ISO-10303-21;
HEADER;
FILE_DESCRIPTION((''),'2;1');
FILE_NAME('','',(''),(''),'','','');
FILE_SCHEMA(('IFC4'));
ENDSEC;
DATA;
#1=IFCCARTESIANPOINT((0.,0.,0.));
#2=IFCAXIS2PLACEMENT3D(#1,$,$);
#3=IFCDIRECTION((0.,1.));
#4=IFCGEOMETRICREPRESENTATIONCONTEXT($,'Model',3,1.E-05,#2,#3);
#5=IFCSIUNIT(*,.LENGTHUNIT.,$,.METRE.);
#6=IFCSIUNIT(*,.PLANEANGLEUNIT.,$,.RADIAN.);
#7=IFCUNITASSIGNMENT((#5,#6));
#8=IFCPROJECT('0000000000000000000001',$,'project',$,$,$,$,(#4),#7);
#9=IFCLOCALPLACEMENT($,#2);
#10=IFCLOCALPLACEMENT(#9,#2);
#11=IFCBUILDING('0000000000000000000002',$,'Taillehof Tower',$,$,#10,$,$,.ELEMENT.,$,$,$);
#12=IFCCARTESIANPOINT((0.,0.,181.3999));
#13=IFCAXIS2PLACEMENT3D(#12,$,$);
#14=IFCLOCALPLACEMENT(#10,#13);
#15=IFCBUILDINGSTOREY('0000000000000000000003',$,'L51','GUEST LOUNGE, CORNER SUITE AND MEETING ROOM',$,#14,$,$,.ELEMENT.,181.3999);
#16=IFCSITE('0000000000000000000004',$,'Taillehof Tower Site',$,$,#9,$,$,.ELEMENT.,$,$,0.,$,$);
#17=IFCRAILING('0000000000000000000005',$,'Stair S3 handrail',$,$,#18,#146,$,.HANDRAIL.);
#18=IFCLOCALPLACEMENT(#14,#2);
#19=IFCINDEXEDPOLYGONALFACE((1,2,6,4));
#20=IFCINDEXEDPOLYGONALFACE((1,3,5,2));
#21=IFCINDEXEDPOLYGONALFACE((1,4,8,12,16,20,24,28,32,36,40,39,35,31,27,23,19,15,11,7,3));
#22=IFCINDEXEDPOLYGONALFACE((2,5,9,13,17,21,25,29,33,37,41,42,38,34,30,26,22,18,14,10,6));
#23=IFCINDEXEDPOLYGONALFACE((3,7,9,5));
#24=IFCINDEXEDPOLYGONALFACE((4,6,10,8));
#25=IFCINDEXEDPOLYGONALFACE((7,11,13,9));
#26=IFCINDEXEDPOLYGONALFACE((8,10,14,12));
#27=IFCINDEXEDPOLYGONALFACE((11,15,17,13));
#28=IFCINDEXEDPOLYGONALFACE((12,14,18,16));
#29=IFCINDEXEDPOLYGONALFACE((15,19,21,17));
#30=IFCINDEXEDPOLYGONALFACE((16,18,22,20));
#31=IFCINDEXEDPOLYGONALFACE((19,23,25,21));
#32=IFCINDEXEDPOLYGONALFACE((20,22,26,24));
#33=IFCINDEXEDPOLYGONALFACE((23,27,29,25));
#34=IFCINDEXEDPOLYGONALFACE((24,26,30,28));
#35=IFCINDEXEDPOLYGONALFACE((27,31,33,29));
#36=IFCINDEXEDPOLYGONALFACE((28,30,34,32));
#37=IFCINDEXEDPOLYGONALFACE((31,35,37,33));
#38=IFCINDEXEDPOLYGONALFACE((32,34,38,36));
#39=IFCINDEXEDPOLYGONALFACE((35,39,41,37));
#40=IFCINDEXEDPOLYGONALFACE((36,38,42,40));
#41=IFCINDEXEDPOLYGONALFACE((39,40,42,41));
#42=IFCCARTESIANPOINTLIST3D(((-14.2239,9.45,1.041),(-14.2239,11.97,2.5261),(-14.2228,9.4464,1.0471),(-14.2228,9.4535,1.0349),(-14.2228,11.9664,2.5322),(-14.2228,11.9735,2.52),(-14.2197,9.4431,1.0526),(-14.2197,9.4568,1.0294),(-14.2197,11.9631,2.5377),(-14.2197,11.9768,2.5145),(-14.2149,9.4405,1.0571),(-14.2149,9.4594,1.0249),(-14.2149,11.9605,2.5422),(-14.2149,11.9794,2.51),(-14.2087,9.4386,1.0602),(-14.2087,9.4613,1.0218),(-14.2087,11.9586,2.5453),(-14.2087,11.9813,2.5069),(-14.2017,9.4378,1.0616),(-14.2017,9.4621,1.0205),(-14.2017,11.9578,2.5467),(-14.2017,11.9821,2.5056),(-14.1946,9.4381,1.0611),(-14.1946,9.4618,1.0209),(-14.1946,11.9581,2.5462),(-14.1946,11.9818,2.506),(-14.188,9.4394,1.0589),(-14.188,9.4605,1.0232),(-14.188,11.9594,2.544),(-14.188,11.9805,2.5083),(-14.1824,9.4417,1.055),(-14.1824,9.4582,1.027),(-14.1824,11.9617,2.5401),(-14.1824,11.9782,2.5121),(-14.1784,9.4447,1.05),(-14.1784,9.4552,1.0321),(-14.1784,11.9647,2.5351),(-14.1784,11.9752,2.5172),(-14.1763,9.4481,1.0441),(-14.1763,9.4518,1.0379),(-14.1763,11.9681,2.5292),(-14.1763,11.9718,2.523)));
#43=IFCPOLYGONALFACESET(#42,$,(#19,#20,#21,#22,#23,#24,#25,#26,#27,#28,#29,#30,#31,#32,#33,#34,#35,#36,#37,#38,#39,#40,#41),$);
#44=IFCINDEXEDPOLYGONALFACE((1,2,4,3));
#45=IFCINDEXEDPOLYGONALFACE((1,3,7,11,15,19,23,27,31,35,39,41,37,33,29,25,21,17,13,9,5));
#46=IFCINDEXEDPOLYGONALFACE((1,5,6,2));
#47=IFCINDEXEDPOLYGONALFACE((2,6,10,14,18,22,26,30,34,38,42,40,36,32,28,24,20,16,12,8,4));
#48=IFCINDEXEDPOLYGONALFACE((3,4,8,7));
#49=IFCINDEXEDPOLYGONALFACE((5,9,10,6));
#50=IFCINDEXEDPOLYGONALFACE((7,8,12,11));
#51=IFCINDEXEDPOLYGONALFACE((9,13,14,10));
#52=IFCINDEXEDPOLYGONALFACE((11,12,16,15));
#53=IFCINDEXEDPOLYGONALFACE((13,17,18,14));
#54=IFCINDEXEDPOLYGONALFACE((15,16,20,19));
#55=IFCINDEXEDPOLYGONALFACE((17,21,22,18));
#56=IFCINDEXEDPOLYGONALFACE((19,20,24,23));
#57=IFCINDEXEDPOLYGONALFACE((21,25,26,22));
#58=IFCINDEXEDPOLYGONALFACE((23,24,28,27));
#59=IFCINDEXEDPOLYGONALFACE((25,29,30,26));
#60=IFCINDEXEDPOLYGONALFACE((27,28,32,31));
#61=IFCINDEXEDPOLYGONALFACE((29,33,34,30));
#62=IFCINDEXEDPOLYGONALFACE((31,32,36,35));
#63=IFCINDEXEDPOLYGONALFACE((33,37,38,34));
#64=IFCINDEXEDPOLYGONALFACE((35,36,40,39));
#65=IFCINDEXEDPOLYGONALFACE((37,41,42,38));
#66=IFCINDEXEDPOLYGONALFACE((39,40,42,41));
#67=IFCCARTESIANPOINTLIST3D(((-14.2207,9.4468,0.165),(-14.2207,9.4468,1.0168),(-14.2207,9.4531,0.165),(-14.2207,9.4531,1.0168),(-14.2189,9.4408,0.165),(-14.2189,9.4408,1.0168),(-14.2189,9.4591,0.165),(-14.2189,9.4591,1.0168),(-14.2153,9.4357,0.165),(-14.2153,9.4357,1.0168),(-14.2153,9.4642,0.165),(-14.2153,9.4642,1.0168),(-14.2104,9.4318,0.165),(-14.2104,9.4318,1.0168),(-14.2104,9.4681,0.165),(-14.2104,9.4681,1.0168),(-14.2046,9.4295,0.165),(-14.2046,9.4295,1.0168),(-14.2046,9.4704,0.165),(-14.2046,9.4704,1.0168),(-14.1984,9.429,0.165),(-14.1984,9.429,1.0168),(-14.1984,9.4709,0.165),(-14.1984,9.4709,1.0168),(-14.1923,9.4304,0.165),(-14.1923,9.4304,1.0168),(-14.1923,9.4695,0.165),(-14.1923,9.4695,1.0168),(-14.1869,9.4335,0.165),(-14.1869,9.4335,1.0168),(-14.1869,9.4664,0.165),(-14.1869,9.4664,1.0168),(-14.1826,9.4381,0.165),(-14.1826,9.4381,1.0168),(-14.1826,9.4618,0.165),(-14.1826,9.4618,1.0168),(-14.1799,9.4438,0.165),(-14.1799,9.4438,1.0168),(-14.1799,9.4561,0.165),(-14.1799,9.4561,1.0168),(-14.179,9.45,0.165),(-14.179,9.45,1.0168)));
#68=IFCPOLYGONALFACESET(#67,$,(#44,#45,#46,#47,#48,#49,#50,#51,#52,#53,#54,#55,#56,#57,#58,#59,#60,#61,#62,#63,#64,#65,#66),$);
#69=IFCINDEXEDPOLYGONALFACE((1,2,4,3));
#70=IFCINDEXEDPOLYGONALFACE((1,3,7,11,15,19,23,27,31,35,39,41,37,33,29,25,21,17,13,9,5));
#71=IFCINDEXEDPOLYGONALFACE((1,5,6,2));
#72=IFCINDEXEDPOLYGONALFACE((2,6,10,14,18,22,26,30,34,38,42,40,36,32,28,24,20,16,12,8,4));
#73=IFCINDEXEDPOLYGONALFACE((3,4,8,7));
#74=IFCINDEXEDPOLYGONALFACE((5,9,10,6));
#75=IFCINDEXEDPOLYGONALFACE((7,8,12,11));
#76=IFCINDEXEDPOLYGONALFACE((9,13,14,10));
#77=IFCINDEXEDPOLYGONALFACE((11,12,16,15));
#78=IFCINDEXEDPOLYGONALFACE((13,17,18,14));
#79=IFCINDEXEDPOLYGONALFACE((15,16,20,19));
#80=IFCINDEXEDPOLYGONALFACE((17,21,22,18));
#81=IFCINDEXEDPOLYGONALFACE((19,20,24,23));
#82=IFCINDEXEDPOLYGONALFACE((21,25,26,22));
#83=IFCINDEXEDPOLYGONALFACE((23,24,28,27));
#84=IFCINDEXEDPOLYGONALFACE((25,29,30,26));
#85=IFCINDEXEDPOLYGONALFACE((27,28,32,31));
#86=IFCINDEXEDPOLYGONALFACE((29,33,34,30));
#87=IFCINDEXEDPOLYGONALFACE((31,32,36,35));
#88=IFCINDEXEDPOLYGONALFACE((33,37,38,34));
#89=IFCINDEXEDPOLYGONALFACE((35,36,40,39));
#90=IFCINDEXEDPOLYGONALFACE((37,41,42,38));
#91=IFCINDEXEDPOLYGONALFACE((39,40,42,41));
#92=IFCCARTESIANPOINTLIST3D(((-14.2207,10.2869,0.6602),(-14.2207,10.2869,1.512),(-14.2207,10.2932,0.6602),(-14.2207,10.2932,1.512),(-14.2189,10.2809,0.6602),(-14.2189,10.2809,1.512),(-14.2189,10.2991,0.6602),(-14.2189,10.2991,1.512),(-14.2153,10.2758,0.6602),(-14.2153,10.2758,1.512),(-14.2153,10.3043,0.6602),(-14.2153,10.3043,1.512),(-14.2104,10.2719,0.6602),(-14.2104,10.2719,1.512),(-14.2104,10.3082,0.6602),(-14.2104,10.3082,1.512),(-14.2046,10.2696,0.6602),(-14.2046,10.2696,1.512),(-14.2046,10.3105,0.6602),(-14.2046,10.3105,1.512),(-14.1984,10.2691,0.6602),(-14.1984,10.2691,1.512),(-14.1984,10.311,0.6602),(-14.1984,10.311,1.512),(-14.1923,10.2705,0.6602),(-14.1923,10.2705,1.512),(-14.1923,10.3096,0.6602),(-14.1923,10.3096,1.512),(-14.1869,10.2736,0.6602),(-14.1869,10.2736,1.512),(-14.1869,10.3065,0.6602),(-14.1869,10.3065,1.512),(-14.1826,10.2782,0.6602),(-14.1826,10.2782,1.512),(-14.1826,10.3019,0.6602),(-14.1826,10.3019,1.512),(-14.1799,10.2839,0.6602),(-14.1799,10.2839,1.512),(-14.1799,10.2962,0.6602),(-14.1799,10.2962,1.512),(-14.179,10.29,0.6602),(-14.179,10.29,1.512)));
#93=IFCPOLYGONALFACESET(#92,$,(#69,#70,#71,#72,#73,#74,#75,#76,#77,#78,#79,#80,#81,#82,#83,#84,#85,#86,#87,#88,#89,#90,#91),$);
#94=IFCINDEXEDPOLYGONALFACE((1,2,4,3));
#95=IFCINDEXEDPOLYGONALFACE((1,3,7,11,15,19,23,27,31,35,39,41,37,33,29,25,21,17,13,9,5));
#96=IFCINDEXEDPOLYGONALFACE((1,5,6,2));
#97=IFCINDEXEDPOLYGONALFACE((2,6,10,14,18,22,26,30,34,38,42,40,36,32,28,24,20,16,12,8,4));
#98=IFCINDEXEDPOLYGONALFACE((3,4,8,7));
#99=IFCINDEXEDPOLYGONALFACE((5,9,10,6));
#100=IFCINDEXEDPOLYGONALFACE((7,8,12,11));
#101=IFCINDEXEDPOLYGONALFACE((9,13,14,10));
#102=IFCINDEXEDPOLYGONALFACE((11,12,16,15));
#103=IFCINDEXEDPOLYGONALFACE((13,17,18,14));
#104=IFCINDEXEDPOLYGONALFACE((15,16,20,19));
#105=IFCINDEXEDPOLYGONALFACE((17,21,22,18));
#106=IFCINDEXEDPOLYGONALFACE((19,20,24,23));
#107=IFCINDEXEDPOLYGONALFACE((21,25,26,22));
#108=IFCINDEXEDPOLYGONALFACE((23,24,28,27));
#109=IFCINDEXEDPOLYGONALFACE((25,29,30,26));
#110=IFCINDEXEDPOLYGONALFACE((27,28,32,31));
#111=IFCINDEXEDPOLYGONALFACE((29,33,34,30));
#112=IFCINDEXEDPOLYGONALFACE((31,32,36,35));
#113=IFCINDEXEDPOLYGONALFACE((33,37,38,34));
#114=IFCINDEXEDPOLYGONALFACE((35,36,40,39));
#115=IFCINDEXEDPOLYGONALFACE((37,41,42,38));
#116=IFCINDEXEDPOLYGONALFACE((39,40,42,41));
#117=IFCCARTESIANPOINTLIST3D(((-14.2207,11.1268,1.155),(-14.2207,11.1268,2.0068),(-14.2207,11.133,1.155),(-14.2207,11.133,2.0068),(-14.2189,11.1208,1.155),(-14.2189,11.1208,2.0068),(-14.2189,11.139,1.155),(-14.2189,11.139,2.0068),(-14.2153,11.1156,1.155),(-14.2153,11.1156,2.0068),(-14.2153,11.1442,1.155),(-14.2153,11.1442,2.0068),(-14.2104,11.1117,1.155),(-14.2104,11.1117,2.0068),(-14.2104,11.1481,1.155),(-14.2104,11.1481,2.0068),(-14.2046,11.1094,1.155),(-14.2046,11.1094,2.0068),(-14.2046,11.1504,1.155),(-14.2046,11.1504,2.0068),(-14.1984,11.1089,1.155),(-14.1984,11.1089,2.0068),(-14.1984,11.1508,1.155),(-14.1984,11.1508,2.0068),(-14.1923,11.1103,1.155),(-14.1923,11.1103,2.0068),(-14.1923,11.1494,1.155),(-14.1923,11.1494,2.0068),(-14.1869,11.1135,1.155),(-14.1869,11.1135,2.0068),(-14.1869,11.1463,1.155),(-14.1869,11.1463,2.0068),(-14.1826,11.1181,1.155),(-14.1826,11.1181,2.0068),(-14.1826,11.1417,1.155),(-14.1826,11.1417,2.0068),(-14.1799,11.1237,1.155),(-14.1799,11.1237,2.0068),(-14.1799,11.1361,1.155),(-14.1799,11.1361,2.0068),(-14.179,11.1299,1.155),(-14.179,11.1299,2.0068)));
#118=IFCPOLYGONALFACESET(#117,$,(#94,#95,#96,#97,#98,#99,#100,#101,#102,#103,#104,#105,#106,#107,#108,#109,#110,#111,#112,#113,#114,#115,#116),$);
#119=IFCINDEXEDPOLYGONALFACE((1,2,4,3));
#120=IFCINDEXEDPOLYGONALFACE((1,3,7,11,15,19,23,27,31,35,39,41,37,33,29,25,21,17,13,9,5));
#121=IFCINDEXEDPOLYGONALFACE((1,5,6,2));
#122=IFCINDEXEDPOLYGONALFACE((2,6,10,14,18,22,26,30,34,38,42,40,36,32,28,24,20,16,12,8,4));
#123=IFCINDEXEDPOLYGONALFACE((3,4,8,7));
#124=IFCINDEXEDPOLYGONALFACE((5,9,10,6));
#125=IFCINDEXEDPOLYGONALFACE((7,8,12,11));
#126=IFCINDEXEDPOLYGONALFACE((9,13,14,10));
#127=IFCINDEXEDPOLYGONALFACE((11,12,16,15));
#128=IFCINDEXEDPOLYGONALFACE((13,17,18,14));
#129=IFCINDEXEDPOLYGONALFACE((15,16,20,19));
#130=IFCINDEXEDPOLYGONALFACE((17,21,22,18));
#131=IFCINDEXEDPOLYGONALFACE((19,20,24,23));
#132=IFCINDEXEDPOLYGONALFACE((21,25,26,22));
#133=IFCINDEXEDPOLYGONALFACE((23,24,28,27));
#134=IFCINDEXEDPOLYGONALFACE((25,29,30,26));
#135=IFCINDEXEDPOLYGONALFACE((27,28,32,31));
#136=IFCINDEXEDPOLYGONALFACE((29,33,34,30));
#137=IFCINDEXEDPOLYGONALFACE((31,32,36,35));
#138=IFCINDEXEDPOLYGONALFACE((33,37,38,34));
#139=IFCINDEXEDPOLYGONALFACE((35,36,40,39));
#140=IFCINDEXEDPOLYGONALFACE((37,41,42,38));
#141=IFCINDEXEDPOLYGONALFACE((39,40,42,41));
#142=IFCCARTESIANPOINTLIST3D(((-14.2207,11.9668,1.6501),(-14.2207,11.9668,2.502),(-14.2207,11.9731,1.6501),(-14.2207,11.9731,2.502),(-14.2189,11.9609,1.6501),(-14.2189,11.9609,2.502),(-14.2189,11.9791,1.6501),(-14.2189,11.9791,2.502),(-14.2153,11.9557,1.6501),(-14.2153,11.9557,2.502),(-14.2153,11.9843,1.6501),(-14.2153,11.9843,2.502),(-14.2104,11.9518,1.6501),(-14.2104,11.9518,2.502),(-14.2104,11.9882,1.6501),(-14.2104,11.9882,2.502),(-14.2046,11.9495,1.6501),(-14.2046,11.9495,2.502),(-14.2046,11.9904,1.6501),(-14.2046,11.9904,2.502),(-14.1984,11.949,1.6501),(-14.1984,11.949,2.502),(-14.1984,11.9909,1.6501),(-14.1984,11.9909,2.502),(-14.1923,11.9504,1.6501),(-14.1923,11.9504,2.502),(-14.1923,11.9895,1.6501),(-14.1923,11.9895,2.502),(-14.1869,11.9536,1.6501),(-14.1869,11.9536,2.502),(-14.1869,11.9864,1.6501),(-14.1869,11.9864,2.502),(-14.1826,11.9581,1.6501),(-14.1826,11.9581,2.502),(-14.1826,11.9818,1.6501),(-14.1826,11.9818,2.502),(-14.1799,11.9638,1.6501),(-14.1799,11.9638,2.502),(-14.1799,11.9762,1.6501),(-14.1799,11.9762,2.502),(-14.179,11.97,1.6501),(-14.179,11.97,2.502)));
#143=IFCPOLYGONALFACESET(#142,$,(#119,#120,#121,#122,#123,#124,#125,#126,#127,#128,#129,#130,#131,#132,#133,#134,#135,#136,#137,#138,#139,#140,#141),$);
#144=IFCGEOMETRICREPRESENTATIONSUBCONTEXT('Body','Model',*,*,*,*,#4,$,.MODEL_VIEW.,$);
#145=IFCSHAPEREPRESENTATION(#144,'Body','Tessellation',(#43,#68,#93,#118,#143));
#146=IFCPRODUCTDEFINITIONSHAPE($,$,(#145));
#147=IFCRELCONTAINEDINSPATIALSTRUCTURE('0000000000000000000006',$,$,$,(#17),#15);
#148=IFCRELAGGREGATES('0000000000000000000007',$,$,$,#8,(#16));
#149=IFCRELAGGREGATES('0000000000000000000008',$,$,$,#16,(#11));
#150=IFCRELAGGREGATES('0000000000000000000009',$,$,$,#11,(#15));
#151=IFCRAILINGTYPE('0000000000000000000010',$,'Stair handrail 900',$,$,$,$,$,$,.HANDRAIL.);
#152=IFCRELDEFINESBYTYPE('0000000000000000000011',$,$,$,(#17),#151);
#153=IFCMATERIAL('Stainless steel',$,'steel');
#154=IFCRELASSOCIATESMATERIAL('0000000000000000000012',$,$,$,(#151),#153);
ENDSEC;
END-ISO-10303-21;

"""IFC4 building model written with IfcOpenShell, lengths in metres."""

from ifc_helpers import new_model, si_unit, direction, frame, origin, origin_2d, place, context, subcontext, project, spatial, circle, extrude, material, type_object, element, save


model = new_model("IFC4")

# Units and contexts
model_context = context("Model", 3, precision=1e-05, world=origin(), true_north=direction((0.0, 1.0)))
body_context = subcontext(model_context, "Body", "Model", "MODEL_VIEW")
ifc_project = project(units=[si_unit("LENGTHUNIT", "METRE"), si_unit("PLANEANGLEUNIT", "RADIAN")], contexts=[model_context])

# Site, building, storey
site_placement = place(None, origin())
site = spatial("IfcSite", under=ifc_project, at=site_placement, Name="Taillehof Tower Site", CompositionType="ELEMENT", RefElevation=0.0)
building_placement = place(site_placement, origin())
building = spatial("IfcBuilding", under=site, at=building_placement, Name="Taillehof Tower", CompositionType="ELEMENT")
storey_placement = place(building_placement, frame((0.0, 0.0, 181.3999)))
storey = spatial("IfcBuildingStorey", under=building, at=storey_placement, Name="L51", Description="GUEST LOUNGE, CORNER SUITE AND MEETING ROOM", CompositionType="ELEMENT", Elevation=181.3999)

# Railing
ifc_material_1 = material(Name="Stainless steel", Category="steel")
railing_type = type_object("IfcRailingType", Name="Stair handrail 900", PredefinedType="HANDRAIL", material=ifc_material_1)
railing_placement = place(storey_placement, frame((-14.2, 9.45, 0.165)))
element("IfcRailing", 1, at=railing_placement, inside=storey, type_object=railing_type, Name="Stair S3 handrail", PredefinedType="HANDRAIL", context=body_context, shape_type="SweptSolid", body=[
    extrude(circle(Radius=0.0239, at=origin_2d()), frame((0.0, 0.0, 0.876), z_axis=(0.0, 0.861524, 0.507717), x_axis=(-1.0, 0.0, 0.0)), (0.0, 0.0, 1.0), 2.925),
    extrude(circle(Radius=0.021, at=origin_2d()), origin(), (0.0, 0.0, 1.0), 0.8518),
    extrude(circle(Radius=0.021, at=origin_2d()), frame((0.0, 0.8401, 0.4951)), (0.0, 0.0, 1.0), 0.8518),
    extrude(circle(Radius=0.021, at=origin_2d()), frame((0.0, 1.6799, 0.99)), (0.0, 0.0, 1.0), 0.8518),
    extrude(circle(Radius=0.021, at=origin_2d()), frame((0.0, 2.52, 1.4851)), (0.0, 0.0, 1.0), 0.8518),
])

save(model, "model.ifc")
